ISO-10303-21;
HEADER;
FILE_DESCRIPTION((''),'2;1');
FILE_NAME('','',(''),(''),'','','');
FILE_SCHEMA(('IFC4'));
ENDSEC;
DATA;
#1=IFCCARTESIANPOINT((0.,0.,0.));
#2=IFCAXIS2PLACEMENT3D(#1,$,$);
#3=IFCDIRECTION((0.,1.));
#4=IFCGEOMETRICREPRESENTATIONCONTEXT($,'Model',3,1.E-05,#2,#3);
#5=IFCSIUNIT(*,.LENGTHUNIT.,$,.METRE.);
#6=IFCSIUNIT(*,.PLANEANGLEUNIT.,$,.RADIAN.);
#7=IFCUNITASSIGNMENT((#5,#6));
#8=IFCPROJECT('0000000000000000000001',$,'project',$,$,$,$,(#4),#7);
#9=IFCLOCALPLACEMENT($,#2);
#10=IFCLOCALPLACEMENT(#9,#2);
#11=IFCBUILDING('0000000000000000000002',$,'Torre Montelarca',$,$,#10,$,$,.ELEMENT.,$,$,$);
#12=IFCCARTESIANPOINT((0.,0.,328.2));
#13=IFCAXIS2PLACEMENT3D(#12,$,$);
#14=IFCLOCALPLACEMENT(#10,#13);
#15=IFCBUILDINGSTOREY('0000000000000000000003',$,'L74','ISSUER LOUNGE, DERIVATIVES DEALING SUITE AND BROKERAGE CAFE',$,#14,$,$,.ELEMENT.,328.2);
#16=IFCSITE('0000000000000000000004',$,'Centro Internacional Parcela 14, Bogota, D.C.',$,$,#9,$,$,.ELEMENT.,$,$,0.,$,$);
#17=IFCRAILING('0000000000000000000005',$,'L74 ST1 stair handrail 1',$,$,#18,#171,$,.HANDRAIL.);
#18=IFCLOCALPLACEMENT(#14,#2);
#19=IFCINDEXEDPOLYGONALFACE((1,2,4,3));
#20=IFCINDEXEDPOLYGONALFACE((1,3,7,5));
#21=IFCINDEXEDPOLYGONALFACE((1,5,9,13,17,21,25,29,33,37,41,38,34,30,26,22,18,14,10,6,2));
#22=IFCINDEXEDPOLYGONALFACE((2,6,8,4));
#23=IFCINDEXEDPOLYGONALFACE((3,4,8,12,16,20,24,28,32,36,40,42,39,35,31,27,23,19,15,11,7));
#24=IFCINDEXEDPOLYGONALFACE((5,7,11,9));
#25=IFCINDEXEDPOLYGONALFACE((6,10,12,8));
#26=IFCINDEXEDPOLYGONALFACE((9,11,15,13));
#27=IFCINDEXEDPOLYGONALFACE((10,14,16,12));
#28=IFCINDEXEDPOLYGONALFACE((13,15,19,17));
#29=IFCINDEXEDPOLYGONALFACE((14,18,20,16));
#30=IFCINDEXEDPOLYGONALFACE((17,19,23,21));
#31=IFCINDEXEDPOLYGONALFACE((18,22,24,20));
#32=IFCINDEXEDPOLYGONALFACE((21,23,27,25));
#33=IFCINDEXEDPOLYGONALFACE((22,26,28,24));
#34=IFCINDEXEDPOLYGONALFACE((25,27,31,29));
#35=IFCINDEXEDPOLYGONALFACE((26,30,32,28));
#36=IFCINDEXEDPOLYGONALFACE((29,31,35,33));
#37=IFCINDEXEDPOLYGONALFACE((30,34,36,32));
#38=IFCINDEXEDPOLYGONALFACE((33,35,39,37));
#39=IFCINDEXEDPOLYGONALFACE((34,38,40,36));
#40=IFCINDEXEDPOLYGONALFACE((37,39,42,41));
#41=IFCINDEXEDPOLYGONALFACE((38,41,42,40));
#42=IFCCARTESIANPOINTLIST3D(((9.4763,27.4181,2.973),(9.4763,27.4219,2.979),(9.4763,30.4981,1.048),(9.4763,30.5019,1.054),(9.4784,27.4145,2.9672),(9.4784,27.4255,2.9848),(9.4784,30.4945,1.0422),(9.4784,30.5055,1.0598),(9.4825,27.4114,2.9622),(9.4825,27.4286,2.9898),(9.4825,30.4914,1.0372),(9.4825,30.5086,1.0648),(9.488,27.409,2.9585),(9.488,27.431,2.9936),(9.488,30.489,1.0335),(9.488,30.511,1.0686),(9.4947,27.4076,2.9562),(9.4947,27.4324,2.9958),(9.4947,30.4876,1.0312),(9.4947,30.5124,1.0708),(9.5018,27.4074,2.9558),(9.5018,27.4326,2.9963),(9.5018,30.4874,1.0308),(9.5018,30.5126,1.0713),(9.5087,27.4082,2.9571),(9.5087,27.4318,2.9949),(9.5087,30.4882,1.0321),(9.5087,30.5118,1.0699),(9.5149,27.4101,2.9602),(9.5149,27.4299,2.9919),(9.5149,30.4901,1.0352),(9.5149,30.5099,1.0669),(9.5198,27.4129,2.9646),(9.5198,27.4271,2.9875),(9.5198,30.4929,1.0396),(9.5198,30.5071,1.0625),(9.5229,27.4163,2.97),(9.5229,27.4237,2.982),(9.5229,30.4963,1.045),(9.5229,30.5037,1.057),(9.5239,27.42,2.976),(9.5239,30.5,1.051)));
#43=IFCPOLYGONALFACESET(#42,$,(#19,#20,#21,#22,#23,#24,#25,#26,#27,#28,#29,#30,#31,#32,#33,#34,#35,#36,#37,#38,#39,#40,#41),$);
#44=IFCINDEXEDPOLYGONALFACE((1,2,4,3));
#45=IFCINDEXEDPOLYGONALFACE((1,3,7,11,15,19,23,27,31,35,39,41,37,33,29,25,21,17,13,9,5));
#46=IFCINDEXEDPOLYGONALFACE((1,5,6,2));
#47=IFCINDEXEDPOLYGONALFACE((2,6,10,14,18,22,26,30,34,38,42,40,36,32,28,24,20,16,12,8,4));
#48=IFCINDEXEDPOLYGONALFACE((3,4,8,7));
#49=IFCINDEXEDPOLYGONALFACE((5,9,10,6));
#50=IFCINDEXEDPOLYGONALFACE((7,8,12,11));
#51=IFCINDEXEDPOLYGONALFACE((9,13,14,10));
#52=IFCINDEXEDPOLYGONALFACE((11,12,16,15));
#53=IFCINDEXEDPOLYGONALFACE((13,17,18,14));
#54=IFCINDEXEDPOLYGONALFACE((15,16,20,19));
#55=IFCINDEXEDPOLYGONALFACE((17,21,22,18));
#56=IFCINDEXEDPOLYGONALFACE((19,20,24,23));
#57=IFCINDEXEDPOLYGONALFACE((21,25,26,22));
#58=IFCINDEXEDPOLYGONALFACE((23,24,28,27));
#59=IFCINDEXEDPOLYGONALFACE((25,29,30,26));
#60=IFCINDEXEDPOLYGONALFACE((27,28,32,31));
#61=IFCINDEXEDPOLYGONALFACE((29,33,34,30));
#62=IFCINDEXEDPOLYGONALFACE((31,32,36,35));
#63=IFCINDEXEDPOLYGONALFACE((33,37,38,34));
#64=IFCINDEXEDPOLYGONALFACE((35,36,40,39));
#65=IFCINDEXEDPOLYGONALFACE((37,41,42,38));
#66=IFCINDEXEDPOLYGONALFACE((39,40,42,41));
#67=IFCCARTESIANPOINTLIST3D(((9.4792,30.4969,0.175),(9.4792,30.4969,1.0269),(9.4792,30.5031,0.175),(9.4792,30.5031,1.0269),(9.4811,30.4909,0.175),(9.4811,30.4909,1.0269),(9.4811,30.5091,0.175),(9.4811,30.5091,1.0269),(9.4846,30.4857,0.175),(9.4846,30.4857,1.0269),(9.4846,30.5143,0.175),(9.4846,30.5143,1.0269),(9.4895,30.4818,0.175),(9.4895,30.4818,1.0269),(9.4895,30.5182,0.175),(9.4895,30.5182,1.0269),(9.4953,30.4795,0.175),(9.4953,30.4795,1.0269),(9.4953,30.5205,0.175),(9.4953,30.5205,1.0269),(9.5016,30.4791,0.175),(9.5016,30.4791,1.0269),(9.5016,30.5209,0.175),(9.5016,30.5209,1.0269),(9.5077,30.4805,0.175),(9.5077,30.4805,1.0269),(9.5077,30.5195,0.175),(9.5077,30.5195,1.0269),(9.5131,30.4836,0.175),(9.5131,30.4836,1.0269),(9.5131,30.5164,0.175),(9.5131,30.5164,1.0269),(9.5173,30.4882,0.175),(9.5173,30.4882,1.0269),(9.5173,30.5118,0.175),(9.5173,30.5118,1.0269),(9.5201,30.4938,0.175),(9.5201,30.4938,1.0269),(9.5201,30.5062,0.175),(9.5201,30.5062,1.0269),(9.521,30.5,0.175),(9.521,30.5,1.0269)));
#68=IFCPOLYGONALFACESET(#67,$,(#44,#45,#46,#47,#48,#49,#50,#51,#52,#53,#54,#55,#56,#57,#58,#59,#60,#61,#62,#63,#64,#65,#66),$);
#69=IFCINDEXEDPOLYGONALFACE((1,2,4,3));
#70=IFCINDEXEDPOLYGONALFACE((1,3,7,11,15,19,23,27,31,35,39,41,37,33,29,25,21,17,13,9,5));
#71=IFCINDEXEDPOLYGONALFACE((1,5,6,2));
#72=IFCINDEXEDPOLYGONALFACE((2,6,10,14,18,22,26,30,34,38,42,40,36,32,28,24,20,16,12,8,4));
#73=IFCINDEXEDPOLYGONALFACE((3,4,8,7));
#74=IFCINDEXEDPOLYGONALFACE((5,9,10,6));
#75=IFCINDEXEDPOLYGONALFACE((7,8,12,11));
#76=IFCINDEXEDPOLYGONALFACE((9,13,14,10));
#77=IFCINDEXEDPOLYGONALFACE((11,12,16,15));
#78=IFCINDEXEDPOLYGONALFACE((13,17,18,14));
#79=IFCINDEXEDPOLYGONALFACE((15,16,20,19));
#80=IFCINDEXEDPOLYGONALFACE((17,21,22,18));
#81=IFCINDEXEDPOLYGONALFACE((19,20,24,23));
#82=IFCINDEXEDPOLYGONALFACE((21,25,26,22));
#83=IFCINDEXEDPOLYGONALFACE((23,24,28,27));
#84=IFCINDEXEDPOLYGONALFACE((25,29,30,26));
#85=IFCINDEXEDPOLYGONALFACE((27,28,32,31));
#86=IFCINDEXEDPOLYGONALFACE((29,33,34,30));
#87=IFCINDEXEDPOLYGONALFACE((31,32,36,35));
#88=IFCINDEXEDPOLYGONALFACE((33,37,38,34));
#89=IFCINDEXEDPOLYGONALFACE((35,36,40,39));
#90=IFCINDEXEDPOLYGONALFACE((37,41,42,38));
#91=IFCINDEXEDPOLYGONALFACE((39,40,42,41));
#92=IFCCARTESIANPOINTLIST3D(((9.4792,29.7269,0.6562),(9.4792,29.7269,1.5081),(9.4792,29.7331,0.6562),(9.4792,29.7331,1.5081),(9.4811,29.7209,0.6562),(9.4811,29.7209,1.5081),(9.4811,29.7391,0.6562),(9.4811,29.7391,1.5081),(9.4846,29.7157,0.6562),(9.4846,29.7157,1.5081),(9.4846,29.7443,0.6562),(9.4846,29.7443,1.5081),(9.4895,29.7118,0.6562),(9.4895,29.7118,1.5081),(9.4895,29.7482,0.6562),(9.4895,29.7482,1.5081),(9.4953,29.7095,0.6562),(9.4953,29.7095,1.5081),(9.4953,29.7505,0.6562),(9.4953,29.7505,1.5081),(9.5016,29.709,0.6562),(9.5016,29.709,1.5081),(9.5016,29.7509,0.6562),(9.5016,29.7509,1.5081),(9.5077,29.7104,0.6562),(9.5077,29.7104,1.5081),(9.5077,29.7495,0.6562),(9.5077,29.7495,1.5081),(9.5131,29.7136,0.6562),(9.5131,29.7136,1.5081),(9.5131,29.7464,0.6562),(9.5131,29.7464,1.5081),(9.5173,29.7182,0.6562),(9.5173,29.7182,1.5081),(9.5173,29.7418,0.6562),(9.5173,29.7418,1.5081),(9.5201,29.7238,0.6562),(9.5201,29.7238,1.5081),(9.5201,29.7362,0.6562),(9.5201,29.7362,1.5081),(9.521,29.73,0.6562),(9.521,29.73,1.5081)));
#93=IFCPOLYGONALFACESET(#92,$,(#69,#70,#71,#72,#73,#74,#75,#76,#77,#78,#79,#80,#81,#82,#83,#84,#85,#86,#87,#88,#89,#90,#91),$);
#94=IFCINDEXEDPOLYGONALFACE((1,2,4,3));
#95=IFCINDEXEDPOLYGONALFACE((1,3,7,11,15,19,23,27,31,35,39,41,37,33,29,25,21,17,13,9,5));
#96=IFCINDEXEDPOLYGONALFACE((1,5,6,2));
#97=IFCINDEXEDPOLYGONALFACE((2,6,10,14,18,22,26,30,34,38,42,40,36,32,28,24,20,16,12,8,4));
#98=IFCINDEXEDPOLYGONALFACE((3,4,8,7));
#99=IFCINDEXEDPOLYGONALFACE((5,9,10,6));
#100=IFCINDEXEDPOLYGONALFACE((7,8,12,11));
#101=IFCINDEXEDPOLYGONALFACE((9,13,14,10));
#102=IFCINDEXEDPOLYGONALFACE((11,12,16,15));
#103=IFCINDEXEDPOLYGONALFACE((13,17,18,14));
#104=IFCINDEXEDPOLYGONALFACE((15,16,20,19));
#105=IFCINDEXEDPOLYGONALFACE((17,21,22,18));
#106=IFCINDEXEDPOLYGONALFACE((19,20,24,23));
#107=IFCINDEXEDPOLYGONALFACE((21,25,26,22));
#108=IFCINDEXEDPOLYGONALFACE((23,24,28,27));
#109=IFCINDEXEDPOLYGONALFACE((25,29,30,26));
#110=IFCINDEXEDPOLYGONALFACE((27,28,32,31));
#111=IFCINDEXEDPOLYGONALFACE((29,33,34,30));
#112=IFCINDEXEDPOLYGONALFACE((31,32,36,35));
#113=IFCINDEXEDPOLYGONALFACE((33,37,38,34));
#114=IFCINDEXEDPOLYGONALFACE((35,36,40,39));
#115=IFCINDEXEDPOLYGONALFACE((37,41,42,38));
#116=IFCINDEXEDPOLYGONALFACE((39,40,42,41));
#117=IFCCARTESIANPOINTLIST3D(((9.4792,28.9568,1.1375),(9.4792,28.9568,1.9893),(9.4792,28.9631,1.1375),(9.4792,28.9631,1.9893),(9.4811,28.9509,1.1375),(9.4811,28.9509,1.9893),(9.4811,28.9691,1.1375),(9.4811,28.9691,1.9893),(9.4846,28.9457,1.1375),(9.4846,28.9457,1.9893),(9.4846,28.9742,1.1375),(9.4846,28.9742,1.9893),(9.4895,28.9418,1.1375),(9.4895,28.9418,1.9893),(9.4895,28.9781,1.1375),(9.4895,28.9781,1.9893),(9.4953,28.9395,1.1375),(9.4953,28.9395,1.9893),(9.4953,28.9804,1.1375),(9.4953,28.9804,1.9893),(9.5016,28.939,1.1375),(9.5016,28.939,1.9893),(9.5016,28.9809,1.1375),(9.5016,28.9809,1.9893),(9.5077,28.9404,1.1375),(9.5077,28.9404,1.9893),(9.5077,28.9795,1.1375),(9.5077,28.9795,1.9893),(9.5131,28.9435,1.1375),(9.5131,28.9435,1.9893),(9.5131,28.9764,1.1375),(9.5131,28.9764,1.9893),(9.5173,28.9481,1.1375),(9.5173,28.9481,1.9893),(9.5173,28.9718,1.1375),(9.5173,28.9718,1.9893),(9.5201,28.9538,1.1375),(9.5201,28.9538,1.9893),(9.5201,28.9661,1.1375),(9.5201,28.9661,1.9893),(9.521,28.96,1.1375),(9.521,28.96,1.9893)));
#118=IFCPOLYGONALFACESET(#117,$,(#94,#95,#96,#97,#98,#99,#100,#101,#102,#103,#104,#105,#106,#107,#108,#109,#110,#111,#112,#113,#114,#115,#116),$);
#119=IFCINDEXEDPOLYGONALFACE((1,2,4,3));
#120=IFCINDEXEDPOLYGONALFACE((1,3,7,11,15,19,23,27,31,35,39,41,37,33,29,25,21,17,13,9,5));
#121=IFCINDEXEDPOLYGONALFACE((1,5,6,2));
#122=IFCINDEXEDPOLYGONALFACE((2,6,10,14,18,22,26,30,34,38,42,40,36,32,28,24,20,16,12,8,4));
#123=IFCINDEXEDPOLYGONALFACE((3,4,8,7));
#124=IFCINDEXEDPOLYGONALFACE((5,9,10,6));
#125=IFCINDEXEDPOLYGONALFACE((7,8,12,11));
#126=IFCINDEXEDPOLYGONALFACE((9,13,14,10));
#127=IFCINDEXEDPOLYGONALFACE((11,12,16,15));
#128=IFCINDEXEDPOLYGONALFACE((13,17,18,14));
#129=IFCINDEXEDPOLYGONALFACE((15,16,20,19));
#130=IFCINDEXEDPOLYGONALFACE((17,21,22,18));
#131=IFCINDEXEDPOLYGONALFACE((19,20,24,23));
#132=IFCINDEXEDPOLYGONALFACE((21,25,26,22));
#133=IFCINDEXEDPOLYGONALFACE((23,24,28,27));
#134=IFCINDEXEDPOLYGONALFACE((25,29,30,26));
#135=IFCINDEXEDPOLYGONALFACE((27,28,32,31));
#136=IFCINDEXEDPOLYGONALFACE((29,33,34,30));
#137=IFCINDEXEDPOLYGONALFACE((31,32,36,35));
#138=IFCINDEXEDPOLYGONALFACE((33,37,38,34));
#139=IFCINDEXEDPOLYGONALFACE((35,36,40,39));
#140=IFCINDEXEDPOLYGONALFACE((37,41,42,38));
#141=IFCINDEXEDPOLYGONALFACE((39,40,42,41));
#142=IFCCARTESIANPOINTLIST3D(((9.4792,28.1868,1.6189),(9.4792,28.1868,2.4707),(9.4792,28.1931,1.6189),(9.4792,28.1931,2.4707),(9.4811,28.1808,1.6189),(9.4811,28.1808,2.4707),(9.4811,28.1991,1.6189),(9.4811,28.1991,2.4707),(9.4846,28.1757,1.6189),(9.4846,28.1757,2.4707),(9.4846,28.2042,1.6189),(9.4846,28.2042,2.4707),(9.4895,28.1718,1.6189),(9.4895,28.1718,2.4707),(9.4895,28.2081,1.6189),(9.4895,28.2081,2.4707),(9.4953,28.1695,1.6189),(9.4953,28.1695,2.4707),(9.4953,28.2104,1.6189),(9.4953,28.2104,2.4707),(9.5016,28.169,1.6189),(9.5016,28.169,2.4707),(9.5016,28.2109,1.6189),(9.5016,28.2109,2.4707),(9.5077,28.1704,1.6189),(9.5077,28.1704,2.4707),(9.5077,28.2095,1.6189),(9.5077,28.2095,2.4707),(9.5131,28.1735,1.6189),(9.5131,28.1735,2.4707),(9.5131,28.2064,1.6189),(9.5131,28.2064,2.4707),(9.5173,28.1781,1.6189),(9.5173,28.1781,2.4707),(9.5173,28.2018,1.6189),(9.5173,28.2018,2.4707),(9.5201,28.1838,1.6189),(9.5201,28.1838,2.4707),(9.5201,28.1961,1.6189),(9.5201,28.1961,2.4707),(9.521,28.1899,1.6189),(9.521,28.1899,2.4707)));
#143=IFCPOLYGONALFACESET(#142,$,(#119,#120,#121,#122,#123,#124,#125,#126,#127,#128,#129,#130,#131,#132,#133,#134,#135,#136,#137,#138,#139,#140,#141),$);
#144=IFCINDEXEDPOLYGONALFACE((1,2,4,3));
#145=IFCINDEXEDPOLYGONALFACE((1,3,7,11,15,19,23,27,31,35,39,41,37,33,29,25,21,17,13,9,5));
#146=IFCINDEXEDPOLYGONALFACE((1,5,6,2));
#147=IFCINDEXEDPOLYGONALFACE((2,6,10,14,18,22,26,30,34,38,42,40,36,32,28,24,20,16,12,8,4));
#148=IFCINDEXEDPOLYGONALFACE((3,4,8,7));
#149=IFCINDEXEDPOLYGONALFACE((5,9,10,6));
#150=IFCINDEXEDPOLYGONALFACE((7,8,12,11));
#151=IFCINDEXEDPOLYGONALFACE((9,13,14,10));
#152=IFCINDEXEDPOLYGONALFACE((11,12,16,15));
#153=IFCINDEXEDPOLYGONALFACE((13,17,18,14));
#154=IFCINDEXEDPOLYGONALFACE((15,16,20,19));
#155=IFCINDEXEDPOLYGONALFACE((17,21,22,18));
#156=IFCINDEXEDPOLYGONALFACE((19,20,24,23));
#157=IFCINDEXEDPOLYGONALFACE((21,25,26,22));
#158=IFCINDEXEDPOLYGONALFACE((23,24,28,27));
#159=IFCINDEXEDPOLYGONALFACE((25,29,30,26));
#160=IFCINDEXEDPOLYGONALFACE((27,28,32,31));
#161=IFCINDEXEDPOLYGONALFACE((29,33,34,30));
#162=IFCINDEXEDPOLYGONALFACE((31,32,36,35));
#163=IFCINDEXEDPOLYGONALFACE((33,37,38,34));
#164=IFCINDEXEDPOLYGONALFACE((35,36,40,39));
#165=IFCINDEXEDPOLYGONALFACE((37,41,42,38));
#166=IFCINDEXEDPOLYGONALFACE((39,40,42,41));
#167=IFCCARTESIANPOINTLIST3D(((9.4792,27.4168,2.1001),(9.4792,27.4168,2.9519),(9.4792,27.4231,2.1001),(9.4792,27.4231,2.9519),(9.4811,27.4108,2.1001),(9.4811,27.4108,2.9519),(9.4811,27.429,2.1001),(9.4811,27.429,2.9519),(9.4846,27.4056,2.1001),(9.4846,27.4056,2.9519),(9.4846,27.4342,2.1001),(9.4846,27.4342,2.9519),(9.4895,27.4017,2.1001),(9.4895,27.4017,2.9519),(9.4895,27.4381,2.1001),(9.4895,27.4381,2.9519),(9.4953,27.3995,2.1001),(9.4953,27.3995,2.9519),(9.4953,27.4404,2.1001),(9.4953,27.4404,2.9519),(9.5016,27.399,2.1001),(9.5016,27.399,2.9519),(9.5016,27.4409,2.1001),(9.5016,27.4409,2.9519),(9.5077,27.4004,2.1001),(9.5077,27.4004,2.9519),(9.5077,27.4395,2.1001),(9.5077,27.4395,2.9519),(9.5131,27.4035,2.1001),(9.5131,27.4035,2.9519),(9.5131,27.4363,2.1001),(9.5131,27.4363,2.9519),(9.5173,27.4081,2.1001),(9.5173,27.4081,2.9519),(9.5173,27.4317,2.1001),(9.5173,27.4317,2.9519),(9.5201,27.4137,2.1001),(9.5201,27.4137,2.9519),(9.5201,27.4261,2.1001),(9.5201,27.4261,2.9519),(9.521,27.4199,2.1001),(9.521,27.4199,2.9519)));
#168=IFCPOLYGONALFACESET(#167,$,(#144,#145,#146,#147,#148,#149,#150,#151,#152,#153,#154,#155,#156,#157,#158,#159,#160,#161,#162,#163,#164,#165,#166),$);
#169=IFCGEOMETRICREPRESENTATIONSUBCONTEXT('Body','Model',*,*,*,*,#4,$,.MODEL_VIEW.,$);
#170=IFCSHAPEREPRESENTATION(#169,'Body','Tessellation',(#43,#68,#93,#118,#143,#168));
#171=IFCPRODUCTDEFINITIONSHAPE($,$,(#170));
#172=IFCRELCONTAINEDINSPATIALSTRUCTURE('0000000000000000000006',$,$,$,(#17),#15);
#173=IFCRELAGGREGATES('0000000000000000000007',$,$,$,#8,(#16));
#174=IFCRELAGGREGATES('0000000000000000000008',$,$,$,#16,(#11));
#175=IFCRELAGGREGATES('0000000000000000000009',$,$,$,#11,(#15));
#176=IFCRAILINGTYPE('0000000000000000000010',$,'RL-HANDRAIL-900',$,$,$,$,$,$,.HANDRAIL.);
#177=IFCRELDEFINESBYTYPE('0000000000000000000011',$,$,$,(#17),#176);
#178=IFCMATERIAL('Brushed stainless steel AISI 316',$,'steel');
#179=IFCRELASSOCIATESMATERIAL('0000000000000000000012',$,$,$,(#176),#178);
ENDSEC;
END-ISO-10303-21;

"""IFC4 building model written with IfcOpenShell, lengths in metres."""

from ifc_helpers import new_model, si_unit, direction, frame, origin, origin_2d, place, context, subcontext, project, spatial, circle, extrude, material, type_object, element, save


model = new_model("IFC4")

# Units and contexts
model_context = context("Model", 3, precision=1e-05, world=origin(), true_north=direction((0.0, 1.0)))
body_context = subcontext(model_context, "Body", "Model", "MODEL_VIEW")
ifc_project = project(units=[si_unit("LENGTHUNIT", "METRE"), si_unit("PLANEANGLEUNIT", "RADIAN")], contexts=[model_context])

# Site, building, storey
site_placement = place(None, origin())
site = spatial("IfcSite", under=ifc_project, at=site_placement, Name="Centro Internacional Parcela 14, Bogota, D.C.", CompositionType="ELEMENT", RefElevation=0.0)
building_placement = place(site_placement, origin())
building = spatial("IfcBuilding", under=site, at=building_placement, Name="Torre Montelarca", CompositionType="ELEMENT")
storey_placement = place(building_placement, frame((0.0, 0.0, 328.2)))
storey = spatial("IfcBuildingStorey", under=building, at=storey_placement, Name="L74", Description="ISSUER LOUNGE, DERIVATIVES DEALING SUITE AND BROKERAGE CAFE", CompositionType="ELEMENT", Elevation=328.2)

# Railing
ifc_material_1 = material(Name="Brushed stainless steel AISI 316", Category="steel")
railing_type_1 = type_object("IfcRailingType", Name="RL-HANDRAIL-900", PredefinedType="HANDRAIL", material=ifc_material_1)
railing_1_placement = place(storey_placement, frame((9.5, 30.5, 0.175)))
element("IfcRailing", 1, at=railing_1_placement, inside=storey, type_object=railing_type_1, Name="L74 ST1 stair handrail 1", PredefinedType="HANDRAIL", context=body_context, shape_type="SweptSolid", body=[
    extrude(circle(Radius=0.0239, at=origin_2d()), frame((0.0, 0.0, 0.876), z_axis=(0.0, -0.847998, 0.529999), x_axis=(1.0, 0.0, 0.0)), (0.0, 0.0, 1.0), 3.6321),
    extrude(circle(Radius=0.021, at=origin_2d()), origin(), (0.0, 0.0, 1.0), 0.8518),
    extrude(circle(Radius=0.021, at=origin_2d()), frame((0.0, -0.77, 0.4812)), (0.0, 0.0, 1.0), 0.8518),
    extrude(circle(Radius=0.021, at=origin_2d()), frame((0.0, -1.54, 0.9624)), (0.0, 0.0, 1.0), 0.8518),
    extrude(circle(Radius=0.021, at=origin_2d()), frame((0.0, -2.3101, 1.4438)), (0.0, 0.0, 1.0), 0.8518),
    extrude(circle(Radius=0.021, at=origin_2d()), frame((0.0, -3.0801, 1.925)), (0.0, 0.0, 1.0), 0.8518),
])

save(model, "model.ifc")
